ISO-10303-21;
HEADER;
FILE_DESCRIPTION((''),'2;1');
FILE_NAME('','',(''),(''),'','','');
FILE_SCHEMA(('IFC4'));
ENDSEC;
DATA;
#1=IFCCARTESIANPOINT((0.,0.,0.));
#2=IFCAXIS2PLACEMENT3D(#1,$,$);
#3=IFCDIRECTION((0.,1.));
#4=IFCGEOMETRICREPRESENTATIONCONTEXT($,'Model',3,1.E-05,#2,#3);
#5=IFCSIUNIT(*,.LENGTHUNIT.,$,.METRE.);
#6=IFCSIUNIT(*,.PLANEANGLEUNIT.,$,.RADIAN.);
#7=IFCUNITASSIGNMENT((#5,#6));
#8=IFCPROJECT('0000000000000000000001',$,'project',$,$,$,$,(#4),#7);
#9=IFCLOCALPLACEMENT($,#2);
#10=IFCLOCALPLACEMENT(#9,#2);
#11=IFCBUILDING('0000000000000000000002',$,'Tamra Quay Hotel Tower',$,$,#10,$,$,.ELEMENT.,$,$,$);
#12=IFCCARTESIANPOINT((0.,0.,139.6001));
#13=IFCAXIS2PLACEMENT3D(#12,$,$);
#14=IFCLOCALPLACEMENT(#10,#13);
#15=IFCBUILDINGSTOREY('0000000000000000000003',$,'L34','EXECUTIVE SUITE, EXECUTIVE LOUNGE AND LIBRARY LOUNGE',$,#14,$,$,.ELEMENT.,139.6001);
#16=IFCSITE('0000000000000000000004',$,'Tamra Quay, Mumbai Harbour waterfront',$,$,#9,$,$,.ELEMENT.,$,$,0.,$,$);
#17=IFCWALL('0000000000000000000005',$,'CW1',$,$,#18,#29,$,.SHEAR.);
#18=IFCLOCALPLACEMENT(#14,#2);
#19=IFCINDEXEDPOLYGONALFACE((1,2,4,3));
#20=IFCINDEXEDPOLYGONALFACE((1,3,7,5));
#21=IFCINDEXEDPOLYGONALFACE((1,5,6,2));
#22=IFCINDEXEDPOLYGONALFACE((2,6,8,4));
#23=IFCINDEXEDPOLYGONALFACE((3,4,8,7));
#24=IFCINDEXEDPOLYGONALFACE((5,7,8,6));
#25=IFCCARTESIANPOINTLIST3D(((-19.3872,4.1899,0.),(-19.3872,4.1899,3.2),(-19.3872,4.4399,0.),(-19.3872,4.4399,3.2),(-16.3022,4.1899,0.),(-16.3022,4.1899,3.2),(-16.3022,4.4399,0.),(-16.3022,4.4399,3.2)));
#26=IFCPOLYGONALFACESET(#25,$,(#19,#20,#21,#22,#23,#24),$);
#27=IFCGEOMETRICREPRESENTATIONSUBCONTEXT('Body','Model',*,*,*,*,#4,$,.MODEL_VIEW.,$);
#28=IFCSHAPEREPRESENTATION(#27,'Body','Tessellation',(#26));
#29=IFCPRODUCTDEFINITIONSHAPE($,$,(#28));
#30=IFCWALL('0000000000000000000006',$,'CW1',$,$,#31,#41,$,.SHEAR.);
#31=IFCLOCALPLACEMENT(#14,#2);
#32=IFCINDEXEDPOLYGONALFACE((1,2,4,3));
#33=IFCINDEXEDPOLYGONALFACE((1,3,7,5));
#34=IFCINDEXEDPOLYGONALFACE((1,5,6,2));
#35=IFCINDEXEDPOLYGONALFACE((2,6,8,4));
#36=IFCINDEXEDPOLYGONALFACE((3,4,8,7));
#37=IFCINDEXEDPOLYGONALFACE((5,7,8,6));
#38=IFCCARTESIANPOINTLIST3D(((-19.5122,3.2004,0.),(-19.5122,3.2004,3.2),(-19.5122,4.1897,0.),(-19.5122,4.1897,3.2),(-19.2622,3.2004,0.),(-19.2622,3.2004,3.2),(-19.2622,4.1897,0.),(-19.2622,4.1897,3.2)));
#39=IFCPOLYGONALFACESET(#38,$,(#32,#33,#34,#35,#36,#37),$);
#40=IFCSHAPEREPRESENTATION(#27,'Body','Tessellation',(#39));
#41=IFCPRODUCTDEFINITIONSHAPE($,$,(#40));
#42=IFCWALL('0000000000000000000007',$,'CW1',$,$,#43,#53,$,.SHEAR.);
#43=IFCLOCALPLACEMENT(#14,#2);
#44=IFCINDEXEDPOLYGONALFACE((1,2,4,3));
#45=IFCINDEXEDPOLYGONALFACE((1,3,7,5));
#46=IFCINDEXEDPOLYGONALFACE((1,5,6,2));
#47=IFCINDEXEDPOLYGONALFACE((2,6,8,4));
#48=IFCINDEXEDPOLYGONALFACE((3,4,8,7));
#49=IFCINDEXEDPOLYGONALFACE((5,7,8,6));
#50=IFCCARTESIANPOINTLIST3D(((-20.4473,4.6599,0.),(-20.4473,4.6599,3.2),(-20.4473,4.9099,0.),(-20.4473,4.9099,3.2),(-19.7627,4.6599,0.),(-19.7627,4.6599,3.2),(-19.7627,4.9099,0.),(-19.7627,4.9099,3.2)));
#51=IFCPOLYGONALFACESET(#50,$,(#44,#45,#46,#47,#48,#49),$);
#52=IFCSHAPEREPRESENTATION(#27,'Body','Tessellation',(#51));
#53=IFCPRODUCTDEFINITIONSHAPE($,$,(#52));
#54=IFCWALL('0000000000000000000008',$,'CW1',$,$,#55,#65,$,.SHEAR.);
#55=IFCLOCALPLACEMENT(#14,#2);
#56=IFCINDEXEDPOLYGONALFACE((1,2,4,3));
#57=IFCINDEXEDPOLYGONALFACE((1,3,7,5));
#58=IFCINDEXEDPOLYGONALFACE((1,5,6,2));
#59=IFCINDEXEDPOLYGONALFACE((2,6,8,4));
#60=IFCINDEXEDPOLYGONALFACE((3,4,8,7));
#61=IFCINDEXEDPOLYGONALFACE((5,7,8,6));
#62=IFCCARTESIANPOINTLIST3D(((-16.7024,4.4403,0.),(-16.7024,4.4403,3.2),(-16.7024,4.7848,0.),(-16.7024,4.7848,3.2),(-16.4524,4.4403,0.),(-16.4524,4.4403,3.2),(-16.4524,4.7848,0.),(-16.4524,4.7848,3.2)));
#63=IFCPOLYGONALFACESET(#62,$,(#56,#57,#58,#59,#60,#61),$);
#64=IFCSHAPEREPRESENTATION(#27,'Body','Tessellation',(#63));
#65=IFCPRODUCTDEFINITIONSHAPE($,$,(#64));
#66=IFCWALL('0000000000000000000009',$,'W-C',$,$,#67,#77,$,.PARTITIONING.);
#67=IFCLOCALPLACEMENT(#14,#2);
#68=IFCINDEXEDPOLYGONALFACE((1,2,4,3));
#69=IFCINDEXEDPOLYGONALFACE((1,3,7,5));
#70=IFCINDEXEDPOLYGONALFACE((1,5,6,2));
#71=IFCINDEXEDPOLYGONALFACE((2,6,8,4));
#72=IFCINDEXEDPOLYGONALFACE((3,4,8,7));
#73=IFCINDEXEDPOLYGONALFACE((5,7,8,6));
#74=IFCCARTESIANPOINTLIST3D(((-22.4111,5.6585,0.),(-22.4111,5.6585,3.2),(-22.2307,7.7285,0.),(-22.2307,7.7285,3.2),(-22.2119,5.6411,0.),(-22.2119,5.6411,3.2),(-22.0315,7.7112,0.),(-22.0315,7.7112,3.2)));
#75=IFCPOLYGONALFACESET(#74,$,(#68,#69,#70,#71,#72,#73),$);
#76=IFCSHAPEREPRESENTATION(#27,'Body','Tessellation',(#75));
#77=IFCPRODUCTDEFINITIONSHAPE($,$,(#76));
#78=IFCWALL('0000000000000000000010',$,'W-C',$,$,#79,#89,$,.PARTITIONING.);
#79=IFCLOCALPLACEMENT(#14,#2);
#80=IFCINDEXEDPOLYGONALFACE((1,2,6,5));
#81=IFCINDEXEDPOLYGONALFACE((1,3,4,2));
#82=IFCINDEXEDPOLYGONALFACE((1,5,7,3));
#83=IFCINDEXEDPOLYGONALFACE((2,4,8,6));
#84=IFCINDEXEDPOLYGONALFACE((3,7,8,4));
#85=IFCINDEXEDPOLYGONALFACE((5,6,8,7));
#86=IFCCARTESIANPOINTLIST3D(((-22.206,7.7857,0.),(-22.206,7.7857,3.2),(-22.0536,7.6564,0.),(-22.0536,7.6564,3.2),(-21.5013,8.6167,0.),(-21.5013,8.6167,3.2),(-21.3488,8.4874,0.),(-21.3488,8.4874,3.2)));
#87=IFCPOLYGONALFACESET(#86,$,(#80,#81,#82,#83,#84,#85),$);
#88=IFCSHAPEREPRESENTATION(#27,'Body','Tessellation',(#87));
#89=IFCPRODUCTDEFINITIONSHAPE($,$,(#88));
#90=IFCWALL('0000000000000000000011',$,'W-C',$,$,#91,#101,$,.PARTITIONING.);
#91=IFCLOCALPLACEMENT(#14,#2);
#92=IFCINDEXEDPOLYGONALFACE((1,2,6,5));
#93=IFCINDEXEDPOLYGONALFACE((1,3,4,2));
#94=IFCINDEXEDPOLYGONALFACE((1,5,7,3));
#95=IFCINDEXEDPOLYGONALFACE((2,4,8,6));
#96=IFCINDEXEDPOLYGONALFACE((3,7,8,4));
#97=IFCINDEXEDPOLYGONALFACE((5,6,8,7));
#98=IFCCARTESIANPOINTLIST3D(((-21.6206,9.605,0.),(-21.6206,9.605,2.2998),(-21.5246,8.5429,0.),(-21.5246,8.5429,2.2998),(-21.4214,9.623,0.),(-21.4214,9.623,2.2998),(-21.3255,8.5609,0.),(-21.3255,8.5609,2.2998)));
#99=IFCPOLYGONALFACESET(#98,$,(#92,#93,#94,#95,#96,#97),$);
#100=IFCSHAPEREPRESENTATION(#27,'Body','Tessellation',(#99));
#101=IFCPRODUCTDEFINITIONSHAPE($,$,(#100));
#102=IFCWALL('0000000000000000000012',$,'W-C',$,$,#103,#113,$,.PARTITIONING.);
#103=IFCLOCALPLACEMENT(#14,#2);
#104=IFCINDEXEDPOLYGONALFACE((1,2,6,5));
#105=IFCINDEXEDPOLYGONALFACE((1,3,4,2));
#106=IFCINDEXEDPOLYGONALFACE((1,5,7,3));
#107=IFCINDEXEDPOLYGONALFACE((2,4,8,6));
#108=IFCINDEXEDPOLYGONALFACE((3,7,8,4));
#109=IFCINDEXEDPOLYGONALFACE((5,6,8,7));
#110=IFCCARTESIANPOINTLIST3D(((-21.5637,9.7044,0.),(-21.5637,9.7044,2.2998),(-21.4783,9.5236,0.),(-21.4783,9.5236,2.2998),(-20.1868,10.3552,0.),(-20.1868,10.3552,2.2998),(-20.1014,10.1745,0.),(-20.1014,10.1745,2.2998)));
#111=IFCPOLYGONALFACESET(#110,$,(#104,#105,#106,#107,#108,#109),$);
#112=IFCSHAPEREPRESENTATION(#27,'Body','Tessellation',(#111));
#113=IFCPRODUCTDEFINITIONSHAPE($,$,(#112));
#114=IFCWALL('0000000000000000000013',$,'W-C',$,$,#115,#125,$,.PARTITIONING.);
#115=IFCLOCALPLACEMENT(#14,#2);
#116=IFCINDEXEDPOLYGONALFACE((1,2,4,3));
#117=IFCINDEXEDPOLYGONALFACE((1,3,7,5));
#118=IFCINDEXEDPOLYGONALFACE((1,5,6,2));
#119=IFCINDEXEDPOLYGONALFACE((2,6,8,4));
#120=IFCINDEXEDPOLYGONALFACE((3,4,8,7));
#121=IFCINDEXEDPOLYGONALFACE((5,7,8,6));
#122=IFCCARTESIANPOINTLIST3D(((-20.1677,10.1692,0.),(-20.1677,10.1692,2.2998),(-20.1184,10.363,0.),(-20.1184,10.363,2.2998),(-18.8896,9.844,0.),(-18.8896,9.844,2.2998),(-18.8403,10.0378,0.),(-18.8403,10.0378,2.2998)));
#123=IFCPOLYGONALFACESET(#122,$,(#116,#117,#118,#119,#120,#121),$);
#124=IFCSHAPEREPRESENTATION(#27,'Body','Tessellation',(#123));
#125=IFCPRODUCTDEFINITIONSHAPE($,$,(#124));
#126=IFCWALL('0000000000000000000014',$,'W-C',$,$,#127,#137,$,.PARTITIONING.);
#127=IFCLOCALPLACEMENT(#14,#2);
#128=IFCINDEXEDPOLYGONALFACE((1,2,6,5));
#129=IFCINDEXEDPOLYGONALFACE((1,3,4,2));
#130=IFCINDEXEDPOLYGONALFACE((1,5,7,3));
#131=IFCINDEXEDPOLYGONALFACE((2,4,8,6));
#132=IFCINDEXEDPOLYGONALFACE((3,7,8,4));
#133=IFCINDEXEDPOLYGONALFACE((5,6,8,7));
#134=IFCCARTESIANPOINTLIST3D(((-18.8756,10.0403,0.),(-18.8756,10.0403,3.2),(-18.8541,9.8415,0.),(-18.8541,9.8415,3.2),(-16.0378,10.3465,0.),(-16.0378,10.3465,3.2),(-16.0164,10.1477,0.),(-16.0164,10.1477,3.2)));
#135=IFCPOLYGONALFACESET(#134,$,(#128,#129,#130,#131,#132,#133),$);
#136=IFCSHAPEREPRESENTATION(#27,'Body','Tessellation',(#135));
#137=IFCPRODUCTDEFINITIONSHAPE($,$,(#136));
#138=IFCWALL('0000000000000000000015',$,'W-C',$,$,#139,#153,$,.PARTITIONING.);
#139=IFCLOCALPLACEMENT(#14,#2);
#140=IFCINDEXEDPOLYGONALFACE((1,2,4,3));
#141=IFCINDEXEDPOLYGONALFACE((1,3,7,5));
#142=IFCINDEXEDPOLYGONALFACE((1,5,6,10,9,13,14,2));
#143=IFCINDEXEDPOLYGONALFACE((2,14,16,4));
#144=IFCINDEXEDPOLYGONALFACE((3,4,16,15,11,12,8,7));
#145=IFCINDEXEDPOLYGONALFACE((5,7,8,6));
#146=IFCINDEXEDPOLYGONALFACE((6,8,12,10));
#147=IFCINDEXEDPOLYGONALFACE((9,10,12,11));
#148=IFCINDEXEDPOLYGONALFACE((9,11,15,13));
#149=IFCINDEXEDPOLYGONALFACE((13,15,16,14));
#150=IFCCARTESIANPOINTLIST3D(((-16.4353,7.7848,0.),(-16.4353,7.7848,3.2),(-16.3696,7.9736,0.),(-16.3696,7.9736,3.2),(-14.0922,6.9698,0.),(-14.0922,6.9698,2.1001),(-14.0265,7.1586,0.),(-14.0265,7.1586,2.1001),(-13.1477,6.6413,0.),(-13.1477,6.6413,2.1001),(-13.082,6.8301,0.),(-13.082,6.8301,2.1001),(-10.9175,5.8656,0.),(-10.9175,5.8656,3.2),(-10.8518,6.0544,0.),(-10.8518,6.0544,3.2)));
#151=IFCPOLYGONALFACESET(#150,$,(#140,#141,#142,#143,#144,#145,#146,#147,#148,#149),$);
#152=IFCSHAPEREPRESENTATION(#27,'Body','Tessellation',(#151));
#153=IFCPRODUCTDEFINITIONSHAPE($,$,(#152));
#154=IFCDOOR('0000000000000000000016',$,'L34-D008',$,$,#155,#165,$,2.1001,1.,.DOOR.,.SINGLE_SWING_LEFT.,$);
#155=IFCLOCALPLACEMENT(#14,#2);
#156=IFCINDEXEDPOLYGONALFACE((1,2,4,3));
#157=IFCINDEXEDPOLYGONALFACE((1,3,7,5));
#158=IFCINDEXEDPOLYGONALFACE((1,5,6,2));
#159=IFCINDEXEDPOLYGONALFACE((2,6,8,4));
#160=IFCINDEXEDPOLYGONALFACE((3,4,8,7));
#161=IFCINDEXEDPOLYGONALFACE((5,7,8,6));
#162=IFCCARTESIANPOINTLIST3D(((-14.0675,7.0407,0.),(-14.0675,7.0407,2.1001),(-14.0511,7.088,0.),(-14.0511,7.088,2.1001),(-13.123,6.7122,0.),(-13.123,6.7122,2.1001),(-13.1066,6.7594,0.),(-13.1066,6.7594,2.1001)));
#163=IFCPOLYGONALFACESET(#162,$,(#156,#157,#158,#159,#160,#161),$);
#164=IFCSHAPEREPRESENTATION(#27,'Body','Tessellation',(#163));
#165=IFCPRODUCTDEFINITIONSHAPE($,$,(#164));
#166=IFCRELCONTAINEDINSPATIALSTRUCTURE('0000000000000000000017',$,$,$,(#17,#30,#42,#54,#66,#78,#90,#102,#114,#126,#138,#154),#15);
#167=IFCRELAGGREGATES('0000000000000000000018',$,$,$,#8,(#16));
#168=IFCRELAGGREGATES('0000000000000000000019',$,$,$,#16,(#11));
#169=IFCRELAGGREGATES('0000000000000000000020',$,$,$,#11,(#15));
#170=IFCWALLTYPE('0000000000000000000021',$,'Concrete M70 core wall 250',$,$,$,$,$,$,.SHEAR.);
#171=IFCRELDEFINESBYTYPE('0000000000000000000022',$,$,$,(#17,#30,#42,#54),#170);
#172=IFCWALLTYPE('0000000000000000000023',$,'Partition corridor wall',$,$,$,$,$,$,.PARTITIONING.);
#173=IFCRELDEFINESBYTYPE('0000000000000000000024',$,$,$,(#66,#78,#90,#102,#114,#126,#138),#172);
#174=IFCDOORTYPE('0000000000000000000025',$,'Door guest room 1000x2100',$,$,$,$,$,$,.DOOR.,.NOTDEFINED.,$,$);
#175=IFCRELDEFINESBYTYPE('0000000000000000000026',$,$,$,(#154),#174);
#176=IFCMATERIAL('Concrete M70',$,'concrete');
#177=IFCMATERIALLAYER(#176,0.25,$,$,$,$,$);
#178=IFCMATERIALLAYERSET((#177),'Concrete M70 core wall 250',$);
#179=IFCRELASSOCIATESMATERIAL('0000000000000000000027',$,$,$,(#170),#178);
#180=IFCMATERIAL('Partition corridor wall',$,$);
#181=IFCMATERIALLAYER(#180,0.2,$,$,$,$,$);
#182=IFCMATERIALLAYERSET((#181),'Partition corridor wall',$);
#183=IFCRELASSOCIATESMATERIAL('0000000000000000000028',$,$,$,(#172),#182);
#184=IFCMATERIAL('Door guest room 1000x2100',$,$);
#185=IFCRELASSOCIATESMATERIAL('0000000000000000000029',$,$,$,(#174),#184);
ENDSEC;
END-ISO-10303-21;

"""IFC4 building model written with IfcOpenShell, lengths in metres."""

from ifc_helpers import new_model, si_unit, direction, frame, frame_2d, origin, place, context, subcontext, project, spatial, rectangle, extrude, material, layer, layer_set, type_object, element, fill, save


model = new_model("IFC4")

# Units and contexts
model_context = context("Model", 3, precision=1e-05, world=origin(), true_north=direction((0.0, 1.0)))
body_context = subcontext(model_context, "Body", "Model", "MODEL_VIEW")
ifc_project = project(units=[si_unit("LENGTHUNIT", "METRE"), si_unit("PLANEANGLEUNIT", "RADIAN")], contexts=[model_context])

# Site, building, storey
site_placement = place(None, origin())
site = spatial("IfcSite", under=ifc_project, at=site_placement, Name="Tamra Quay, Mumbai Harbour waterfront", CompositionType="ELEMENT", RefElevation=0.0)
building_placement = place(site_placement, origin())
building = spatial("IfcBuilding", under=site, at=building_placement, Name="Tamra Quay Hotel Tower", CompositionType="ELEMENT")
storey_placement = place(building_placement, frame((0.0, 0.0, 139.6001)))
storey = spatial("IfcBuildingStorey", under=building, at=storey_placement, Name="L34", Description="EXECUTIVE SUITE, EXECUTIVE LOUNGE AND LIBRARY LOUNGE", CompositionType="ELEMENT", Elevation=139.6001)

# Shared definitions
ifc_material_1 = material(Name="Concrete M70", Category="concrete")

# Walls
ifc_layer_1 = layer(ifc_material_1, 0.25)
ifc_layer_set_1 = layer_set([ifc_layer_1], Name="Concrete M70 core wall 250")
wall_type_1 = type_object("IfcWallType", Name="Concrete M70 core wall 250", PredefinedType="SHEAR", material=ifc_layer_set_1)
wall_1_placement = place(storey_placement, frame((-16.3022, 4.3149, 0.0), z_axis=(0.0, 0.0, 1.0), x_axis=(-1.0, 0.0, 0.0)))
element("IfcWall", 1, at=wall_1_placement, inside=storey, type_object=wall_type_1, Name="CW1", PredefinedType="SHEAR", context=body_context, shape_type="SweptSolid", body=[
    extrude(rectangle(XDim=3.085, YDim=0.25, at=frame_2d((1.5425, 0.0))), origin(), (0.0, 0.0, 1.0), 3.2),
])
wall_2_placement = place(storey_placement, frame((-19.3872, 4.1897, 0.0), z_axis=(0.0, 0.0, 1.0), x_axis=(0.0, -1.0, 0.0)))
element("IfcWall", 2, at=wall_2_placement, inside=storey, type_object=wall_type_1, Name="CW1", PredefinedType="SHEAR", context=body_context, shape_type="SweptSolid", body=[
    extrude(rectangle(XDim=0.9893, YDim=0.25, at=frame_2d((0.4946, 0.0))), origin(), (0.0, 0.0, 1.0), 3.2),
])
wall_3_placement = place(storey_placement, frame((-20.4473, 4.7849, 0.0), z_axis=(0.0, 0.0, 1.0), x_axis=(1.0, 0.0, 0.0)))
element("IfcWall", 3, at=wall_3_placement, inside=storey, type_object=wall_type_1, Name="CW1", PredefinedType="SHEAR", context=body_context, shape_type="SweptSolid", body=[
    extrude(rectangle(XDim=0.6846, YDim=0.25, at=frame_2d((0.3423, 0.0))), origin(), (0.0, 0.0, 1.0), 3.2),
])
wall_4_placement = place(storey_placement, frame((-16.5774, 4.7849, 0.0), z_axis=(0.0, 0.0, 1.0), x_axis=(0.0, -1.0, 0.0)))
element("IfcWall", 4, at=wall_4_placement, inside=storey, type_object=wall_type_1, Name="CW1", PredefinedType="SHEAR", context=body_context, shape_type="SweptSolid", body=[
    extrude(rectangle(XDim=0.3445, YDim=0.25, at=frame_2d((0.1724, 0.0))), origin(), (0.0, 0.0, 1.0), 3.2),
])
ifc_material_2 = material(Name="Partition corridor wall")
ifc_layer_2 = layer(ifc_material_2, 0.2)
ifc_layer_set_2 = layer_set([ifc_layer_2], Name="Partition corridor wall")
wall_type_2 = type_object("IfcWallType", Name="Partition corridor wall", PredefinedType="PARTITIONING", material=ifc_layer_set_2)
wall_5_placement = place(storey_placement, frame((-22.1311, 7.72, 0.0), z_axis=(0.0, 0.0, 1.0), x_axis=(-0.086827, -0.996223, 0.0)))
element("IfcWall", 5, at=wall_5_placement, inside=storey, type_object=wall_type_2, Name="W-C", PredefinedType="PARTITIONING", context=body_context, shape_type="SweptSolid", body=[
    extrude(rectangle(XDim=2.0779, YDim=0.2, at=frame_2d((1.0391, 0.0))), origin(), (0.0, 0.0, 1.0), 3.2),
])
wall_6_placement = place(storey_placement, frame((-22.1299, 7.7209, 0.0), z_axis=(0.0, 0.0, 1.0), x_axis=(0.646816, 0.762646, 0.0)))
element("IfcWall", 6, at=wall_6_placement, inside=storey, type_object=wall_type_2, Name="W-C", PredefinedType="PARTITIONING", context=body_context, shape_type="SweptSolid", body=[
    extrude(rectangle(XDim=1.0896, YDim=0.2, at=frame_2d((0.5449, 0.0))), origin(), (0.0, 0.0, 1.0), 3.2),
])
wall_7_placement = place(storey_placement, frame((-21.521, 9.614, 0.0), z_axis=(0.0, 0.0, 1.0), x_axis=(0.089978, -0.995944, 0.0)))
element("IfcWall", 7, at=wall_7_placement, inside=storey, type_object=wall_type_2, Name="W-C", PredefinedType="PARTITIONING", context=body_context, shape_type="SweptSolid", body=[
    extrude(rectangle(XDim=1.0664, YDim=0.2, at=frame_2d((0.5332, 0.0))), origin(), (0.0, 0.0, 1.0), 2.2998),
])
wall_8_placement = place(storey_placement, frame((-21.521, 9.614, 0.0), z_axis=(0.0, 0.0, 1.0), x_axis=(0.904084, 0.427356, 0.0)))
element("IfcWall", 8, at=wall_8_placement, inside=storey, type_object=wall_type_2, Name="W-C", PredefinedType="PARTITIONING", context=body_context, shape_type="SweptSolid", body=[
    extrude(rectangle(XDim=1.5229, YDim=0.2, at=frame_2d((0.7615, 0.0))), origin(), (0.0, 0.0, 1.0), 2.2998),
])
wall_9_placement = place(storey_placement, frame((-20.1431, 10.2661, 0.0), z_axis=(0.0, 0.0, 1.0), x_axis=(0.969121, -0.246584, 0.0)))
element("IfcWall", 9, at=wall_9_placement, inside=storey, type_object=wall_type_2, Name="W-C", PredefinedType="PARTITIONING", context=body_context, shape_type="SweptSolid", body=[
    extrude(rectangle(XDim=1.3188, YDim=0.2, at=frame_2d((0.6594, 0.0))), origin(), (0.0, 0.0, 1.0), 2.2998),
])
wall_10_placement = place(storey_placement, frame((-18.865, 9.9409, 0.0), z_axis=(0.0, 0.0, 1.0), x_axis=(0.994231, 0.107258, 0.0)))
element("IfcWall", 10, at=wall_10_placement, inside=storey, type_object=wall_type_2, Name="W-C", PredefinedType="PARTITIONING", context=body_context, shape_type="SweptSolid", body=[
    extrude(rectangle(XDim=2.8542, YDim=0.2, at=frame_2d((1.4272, 0.0))), origin(), (0.0, 0.0, 1.0), 3.2),
])

# Wall, opening, door
wall_11_placement = place(storey_placement, frame((-16.4023, 7.8792, 0.0), z_axis=(0.0, 0.0, 1.0), x_axis=(0.9445, -0.328513, 0.0)))
wall_11 = element("IfcWall", 11, at=wall_11_placement, inside=storey, type_object=wall_type_2, Name="W-C", PredefinedType="PARTITIONING", context=body_context, shape_type="SweptSolid", body=[
    extrude(rectangle(XDim=5.842, YDim=0.2, at=frame_2d((2.9209, 0.0))), origin(), (0.0, 0.0, 1.0), 3.2),
])
opening_1_placement = place(wall_11_placement, frame((2.4807, 0.0, 0.0)))
opening_1 = element("IfcOpeningElement", 12, at=opening_1_placement, cuts=wall_11, PredefinedType="OPENING", context=body_context, shape_type="SweptSolid", body=[
    extrude(rectangle(XDim=1.0, YDim=2.1001, at=frame_2d((0.5, 1.05))), frame((0.0, 0.1099, 0.0), z_axis=(0.0, -1.0, 0.0), x_axis=(1.0, 0.0, 0.0)), (0.0, 0.0, 1.0), 0.22),
])
ifc_material_3 = material(Name="Door guest room 1000x2100")
door_type_1 = type_object("IfcDoorType", Name="Door guest room 1000x2100", OperationType="NOTDEFINED", PredefinedType="DOOR", material=ifc_material_3)
door_1_placement = place(opening_1_placement, frame((1.0, 0.0, 0.0), z_axis=(0.0, 0.0, 1.0), x_axis=(-1.0, 0.0, 0.0)))
door_1 = element("IfcDoor", 13, at=door_1_placement, inside=storey, type_object=door_type_1, Name="L34-D008", OperationType="SINGLE_SWING_LEFT", OverallHeight=2.1001, OverallWidth=1.0, PredefinedType="DOOR", context=body_context, shape_type="SweptSolid", body=[
    extrude(rectangle(XDim=1.0, YDim=2.1001, at=frame_2d((0.5, 1.05))), frame((0.0, 0.0249, 0.0), z_axis=(0.0, -1.0, 0.0), x_axis=(1.0, 0.0, 0.0)), (0.0, 0.0, 1.0), 0.05),
])
fill(opening_1, door_1)

save(model, "model.ifc")
